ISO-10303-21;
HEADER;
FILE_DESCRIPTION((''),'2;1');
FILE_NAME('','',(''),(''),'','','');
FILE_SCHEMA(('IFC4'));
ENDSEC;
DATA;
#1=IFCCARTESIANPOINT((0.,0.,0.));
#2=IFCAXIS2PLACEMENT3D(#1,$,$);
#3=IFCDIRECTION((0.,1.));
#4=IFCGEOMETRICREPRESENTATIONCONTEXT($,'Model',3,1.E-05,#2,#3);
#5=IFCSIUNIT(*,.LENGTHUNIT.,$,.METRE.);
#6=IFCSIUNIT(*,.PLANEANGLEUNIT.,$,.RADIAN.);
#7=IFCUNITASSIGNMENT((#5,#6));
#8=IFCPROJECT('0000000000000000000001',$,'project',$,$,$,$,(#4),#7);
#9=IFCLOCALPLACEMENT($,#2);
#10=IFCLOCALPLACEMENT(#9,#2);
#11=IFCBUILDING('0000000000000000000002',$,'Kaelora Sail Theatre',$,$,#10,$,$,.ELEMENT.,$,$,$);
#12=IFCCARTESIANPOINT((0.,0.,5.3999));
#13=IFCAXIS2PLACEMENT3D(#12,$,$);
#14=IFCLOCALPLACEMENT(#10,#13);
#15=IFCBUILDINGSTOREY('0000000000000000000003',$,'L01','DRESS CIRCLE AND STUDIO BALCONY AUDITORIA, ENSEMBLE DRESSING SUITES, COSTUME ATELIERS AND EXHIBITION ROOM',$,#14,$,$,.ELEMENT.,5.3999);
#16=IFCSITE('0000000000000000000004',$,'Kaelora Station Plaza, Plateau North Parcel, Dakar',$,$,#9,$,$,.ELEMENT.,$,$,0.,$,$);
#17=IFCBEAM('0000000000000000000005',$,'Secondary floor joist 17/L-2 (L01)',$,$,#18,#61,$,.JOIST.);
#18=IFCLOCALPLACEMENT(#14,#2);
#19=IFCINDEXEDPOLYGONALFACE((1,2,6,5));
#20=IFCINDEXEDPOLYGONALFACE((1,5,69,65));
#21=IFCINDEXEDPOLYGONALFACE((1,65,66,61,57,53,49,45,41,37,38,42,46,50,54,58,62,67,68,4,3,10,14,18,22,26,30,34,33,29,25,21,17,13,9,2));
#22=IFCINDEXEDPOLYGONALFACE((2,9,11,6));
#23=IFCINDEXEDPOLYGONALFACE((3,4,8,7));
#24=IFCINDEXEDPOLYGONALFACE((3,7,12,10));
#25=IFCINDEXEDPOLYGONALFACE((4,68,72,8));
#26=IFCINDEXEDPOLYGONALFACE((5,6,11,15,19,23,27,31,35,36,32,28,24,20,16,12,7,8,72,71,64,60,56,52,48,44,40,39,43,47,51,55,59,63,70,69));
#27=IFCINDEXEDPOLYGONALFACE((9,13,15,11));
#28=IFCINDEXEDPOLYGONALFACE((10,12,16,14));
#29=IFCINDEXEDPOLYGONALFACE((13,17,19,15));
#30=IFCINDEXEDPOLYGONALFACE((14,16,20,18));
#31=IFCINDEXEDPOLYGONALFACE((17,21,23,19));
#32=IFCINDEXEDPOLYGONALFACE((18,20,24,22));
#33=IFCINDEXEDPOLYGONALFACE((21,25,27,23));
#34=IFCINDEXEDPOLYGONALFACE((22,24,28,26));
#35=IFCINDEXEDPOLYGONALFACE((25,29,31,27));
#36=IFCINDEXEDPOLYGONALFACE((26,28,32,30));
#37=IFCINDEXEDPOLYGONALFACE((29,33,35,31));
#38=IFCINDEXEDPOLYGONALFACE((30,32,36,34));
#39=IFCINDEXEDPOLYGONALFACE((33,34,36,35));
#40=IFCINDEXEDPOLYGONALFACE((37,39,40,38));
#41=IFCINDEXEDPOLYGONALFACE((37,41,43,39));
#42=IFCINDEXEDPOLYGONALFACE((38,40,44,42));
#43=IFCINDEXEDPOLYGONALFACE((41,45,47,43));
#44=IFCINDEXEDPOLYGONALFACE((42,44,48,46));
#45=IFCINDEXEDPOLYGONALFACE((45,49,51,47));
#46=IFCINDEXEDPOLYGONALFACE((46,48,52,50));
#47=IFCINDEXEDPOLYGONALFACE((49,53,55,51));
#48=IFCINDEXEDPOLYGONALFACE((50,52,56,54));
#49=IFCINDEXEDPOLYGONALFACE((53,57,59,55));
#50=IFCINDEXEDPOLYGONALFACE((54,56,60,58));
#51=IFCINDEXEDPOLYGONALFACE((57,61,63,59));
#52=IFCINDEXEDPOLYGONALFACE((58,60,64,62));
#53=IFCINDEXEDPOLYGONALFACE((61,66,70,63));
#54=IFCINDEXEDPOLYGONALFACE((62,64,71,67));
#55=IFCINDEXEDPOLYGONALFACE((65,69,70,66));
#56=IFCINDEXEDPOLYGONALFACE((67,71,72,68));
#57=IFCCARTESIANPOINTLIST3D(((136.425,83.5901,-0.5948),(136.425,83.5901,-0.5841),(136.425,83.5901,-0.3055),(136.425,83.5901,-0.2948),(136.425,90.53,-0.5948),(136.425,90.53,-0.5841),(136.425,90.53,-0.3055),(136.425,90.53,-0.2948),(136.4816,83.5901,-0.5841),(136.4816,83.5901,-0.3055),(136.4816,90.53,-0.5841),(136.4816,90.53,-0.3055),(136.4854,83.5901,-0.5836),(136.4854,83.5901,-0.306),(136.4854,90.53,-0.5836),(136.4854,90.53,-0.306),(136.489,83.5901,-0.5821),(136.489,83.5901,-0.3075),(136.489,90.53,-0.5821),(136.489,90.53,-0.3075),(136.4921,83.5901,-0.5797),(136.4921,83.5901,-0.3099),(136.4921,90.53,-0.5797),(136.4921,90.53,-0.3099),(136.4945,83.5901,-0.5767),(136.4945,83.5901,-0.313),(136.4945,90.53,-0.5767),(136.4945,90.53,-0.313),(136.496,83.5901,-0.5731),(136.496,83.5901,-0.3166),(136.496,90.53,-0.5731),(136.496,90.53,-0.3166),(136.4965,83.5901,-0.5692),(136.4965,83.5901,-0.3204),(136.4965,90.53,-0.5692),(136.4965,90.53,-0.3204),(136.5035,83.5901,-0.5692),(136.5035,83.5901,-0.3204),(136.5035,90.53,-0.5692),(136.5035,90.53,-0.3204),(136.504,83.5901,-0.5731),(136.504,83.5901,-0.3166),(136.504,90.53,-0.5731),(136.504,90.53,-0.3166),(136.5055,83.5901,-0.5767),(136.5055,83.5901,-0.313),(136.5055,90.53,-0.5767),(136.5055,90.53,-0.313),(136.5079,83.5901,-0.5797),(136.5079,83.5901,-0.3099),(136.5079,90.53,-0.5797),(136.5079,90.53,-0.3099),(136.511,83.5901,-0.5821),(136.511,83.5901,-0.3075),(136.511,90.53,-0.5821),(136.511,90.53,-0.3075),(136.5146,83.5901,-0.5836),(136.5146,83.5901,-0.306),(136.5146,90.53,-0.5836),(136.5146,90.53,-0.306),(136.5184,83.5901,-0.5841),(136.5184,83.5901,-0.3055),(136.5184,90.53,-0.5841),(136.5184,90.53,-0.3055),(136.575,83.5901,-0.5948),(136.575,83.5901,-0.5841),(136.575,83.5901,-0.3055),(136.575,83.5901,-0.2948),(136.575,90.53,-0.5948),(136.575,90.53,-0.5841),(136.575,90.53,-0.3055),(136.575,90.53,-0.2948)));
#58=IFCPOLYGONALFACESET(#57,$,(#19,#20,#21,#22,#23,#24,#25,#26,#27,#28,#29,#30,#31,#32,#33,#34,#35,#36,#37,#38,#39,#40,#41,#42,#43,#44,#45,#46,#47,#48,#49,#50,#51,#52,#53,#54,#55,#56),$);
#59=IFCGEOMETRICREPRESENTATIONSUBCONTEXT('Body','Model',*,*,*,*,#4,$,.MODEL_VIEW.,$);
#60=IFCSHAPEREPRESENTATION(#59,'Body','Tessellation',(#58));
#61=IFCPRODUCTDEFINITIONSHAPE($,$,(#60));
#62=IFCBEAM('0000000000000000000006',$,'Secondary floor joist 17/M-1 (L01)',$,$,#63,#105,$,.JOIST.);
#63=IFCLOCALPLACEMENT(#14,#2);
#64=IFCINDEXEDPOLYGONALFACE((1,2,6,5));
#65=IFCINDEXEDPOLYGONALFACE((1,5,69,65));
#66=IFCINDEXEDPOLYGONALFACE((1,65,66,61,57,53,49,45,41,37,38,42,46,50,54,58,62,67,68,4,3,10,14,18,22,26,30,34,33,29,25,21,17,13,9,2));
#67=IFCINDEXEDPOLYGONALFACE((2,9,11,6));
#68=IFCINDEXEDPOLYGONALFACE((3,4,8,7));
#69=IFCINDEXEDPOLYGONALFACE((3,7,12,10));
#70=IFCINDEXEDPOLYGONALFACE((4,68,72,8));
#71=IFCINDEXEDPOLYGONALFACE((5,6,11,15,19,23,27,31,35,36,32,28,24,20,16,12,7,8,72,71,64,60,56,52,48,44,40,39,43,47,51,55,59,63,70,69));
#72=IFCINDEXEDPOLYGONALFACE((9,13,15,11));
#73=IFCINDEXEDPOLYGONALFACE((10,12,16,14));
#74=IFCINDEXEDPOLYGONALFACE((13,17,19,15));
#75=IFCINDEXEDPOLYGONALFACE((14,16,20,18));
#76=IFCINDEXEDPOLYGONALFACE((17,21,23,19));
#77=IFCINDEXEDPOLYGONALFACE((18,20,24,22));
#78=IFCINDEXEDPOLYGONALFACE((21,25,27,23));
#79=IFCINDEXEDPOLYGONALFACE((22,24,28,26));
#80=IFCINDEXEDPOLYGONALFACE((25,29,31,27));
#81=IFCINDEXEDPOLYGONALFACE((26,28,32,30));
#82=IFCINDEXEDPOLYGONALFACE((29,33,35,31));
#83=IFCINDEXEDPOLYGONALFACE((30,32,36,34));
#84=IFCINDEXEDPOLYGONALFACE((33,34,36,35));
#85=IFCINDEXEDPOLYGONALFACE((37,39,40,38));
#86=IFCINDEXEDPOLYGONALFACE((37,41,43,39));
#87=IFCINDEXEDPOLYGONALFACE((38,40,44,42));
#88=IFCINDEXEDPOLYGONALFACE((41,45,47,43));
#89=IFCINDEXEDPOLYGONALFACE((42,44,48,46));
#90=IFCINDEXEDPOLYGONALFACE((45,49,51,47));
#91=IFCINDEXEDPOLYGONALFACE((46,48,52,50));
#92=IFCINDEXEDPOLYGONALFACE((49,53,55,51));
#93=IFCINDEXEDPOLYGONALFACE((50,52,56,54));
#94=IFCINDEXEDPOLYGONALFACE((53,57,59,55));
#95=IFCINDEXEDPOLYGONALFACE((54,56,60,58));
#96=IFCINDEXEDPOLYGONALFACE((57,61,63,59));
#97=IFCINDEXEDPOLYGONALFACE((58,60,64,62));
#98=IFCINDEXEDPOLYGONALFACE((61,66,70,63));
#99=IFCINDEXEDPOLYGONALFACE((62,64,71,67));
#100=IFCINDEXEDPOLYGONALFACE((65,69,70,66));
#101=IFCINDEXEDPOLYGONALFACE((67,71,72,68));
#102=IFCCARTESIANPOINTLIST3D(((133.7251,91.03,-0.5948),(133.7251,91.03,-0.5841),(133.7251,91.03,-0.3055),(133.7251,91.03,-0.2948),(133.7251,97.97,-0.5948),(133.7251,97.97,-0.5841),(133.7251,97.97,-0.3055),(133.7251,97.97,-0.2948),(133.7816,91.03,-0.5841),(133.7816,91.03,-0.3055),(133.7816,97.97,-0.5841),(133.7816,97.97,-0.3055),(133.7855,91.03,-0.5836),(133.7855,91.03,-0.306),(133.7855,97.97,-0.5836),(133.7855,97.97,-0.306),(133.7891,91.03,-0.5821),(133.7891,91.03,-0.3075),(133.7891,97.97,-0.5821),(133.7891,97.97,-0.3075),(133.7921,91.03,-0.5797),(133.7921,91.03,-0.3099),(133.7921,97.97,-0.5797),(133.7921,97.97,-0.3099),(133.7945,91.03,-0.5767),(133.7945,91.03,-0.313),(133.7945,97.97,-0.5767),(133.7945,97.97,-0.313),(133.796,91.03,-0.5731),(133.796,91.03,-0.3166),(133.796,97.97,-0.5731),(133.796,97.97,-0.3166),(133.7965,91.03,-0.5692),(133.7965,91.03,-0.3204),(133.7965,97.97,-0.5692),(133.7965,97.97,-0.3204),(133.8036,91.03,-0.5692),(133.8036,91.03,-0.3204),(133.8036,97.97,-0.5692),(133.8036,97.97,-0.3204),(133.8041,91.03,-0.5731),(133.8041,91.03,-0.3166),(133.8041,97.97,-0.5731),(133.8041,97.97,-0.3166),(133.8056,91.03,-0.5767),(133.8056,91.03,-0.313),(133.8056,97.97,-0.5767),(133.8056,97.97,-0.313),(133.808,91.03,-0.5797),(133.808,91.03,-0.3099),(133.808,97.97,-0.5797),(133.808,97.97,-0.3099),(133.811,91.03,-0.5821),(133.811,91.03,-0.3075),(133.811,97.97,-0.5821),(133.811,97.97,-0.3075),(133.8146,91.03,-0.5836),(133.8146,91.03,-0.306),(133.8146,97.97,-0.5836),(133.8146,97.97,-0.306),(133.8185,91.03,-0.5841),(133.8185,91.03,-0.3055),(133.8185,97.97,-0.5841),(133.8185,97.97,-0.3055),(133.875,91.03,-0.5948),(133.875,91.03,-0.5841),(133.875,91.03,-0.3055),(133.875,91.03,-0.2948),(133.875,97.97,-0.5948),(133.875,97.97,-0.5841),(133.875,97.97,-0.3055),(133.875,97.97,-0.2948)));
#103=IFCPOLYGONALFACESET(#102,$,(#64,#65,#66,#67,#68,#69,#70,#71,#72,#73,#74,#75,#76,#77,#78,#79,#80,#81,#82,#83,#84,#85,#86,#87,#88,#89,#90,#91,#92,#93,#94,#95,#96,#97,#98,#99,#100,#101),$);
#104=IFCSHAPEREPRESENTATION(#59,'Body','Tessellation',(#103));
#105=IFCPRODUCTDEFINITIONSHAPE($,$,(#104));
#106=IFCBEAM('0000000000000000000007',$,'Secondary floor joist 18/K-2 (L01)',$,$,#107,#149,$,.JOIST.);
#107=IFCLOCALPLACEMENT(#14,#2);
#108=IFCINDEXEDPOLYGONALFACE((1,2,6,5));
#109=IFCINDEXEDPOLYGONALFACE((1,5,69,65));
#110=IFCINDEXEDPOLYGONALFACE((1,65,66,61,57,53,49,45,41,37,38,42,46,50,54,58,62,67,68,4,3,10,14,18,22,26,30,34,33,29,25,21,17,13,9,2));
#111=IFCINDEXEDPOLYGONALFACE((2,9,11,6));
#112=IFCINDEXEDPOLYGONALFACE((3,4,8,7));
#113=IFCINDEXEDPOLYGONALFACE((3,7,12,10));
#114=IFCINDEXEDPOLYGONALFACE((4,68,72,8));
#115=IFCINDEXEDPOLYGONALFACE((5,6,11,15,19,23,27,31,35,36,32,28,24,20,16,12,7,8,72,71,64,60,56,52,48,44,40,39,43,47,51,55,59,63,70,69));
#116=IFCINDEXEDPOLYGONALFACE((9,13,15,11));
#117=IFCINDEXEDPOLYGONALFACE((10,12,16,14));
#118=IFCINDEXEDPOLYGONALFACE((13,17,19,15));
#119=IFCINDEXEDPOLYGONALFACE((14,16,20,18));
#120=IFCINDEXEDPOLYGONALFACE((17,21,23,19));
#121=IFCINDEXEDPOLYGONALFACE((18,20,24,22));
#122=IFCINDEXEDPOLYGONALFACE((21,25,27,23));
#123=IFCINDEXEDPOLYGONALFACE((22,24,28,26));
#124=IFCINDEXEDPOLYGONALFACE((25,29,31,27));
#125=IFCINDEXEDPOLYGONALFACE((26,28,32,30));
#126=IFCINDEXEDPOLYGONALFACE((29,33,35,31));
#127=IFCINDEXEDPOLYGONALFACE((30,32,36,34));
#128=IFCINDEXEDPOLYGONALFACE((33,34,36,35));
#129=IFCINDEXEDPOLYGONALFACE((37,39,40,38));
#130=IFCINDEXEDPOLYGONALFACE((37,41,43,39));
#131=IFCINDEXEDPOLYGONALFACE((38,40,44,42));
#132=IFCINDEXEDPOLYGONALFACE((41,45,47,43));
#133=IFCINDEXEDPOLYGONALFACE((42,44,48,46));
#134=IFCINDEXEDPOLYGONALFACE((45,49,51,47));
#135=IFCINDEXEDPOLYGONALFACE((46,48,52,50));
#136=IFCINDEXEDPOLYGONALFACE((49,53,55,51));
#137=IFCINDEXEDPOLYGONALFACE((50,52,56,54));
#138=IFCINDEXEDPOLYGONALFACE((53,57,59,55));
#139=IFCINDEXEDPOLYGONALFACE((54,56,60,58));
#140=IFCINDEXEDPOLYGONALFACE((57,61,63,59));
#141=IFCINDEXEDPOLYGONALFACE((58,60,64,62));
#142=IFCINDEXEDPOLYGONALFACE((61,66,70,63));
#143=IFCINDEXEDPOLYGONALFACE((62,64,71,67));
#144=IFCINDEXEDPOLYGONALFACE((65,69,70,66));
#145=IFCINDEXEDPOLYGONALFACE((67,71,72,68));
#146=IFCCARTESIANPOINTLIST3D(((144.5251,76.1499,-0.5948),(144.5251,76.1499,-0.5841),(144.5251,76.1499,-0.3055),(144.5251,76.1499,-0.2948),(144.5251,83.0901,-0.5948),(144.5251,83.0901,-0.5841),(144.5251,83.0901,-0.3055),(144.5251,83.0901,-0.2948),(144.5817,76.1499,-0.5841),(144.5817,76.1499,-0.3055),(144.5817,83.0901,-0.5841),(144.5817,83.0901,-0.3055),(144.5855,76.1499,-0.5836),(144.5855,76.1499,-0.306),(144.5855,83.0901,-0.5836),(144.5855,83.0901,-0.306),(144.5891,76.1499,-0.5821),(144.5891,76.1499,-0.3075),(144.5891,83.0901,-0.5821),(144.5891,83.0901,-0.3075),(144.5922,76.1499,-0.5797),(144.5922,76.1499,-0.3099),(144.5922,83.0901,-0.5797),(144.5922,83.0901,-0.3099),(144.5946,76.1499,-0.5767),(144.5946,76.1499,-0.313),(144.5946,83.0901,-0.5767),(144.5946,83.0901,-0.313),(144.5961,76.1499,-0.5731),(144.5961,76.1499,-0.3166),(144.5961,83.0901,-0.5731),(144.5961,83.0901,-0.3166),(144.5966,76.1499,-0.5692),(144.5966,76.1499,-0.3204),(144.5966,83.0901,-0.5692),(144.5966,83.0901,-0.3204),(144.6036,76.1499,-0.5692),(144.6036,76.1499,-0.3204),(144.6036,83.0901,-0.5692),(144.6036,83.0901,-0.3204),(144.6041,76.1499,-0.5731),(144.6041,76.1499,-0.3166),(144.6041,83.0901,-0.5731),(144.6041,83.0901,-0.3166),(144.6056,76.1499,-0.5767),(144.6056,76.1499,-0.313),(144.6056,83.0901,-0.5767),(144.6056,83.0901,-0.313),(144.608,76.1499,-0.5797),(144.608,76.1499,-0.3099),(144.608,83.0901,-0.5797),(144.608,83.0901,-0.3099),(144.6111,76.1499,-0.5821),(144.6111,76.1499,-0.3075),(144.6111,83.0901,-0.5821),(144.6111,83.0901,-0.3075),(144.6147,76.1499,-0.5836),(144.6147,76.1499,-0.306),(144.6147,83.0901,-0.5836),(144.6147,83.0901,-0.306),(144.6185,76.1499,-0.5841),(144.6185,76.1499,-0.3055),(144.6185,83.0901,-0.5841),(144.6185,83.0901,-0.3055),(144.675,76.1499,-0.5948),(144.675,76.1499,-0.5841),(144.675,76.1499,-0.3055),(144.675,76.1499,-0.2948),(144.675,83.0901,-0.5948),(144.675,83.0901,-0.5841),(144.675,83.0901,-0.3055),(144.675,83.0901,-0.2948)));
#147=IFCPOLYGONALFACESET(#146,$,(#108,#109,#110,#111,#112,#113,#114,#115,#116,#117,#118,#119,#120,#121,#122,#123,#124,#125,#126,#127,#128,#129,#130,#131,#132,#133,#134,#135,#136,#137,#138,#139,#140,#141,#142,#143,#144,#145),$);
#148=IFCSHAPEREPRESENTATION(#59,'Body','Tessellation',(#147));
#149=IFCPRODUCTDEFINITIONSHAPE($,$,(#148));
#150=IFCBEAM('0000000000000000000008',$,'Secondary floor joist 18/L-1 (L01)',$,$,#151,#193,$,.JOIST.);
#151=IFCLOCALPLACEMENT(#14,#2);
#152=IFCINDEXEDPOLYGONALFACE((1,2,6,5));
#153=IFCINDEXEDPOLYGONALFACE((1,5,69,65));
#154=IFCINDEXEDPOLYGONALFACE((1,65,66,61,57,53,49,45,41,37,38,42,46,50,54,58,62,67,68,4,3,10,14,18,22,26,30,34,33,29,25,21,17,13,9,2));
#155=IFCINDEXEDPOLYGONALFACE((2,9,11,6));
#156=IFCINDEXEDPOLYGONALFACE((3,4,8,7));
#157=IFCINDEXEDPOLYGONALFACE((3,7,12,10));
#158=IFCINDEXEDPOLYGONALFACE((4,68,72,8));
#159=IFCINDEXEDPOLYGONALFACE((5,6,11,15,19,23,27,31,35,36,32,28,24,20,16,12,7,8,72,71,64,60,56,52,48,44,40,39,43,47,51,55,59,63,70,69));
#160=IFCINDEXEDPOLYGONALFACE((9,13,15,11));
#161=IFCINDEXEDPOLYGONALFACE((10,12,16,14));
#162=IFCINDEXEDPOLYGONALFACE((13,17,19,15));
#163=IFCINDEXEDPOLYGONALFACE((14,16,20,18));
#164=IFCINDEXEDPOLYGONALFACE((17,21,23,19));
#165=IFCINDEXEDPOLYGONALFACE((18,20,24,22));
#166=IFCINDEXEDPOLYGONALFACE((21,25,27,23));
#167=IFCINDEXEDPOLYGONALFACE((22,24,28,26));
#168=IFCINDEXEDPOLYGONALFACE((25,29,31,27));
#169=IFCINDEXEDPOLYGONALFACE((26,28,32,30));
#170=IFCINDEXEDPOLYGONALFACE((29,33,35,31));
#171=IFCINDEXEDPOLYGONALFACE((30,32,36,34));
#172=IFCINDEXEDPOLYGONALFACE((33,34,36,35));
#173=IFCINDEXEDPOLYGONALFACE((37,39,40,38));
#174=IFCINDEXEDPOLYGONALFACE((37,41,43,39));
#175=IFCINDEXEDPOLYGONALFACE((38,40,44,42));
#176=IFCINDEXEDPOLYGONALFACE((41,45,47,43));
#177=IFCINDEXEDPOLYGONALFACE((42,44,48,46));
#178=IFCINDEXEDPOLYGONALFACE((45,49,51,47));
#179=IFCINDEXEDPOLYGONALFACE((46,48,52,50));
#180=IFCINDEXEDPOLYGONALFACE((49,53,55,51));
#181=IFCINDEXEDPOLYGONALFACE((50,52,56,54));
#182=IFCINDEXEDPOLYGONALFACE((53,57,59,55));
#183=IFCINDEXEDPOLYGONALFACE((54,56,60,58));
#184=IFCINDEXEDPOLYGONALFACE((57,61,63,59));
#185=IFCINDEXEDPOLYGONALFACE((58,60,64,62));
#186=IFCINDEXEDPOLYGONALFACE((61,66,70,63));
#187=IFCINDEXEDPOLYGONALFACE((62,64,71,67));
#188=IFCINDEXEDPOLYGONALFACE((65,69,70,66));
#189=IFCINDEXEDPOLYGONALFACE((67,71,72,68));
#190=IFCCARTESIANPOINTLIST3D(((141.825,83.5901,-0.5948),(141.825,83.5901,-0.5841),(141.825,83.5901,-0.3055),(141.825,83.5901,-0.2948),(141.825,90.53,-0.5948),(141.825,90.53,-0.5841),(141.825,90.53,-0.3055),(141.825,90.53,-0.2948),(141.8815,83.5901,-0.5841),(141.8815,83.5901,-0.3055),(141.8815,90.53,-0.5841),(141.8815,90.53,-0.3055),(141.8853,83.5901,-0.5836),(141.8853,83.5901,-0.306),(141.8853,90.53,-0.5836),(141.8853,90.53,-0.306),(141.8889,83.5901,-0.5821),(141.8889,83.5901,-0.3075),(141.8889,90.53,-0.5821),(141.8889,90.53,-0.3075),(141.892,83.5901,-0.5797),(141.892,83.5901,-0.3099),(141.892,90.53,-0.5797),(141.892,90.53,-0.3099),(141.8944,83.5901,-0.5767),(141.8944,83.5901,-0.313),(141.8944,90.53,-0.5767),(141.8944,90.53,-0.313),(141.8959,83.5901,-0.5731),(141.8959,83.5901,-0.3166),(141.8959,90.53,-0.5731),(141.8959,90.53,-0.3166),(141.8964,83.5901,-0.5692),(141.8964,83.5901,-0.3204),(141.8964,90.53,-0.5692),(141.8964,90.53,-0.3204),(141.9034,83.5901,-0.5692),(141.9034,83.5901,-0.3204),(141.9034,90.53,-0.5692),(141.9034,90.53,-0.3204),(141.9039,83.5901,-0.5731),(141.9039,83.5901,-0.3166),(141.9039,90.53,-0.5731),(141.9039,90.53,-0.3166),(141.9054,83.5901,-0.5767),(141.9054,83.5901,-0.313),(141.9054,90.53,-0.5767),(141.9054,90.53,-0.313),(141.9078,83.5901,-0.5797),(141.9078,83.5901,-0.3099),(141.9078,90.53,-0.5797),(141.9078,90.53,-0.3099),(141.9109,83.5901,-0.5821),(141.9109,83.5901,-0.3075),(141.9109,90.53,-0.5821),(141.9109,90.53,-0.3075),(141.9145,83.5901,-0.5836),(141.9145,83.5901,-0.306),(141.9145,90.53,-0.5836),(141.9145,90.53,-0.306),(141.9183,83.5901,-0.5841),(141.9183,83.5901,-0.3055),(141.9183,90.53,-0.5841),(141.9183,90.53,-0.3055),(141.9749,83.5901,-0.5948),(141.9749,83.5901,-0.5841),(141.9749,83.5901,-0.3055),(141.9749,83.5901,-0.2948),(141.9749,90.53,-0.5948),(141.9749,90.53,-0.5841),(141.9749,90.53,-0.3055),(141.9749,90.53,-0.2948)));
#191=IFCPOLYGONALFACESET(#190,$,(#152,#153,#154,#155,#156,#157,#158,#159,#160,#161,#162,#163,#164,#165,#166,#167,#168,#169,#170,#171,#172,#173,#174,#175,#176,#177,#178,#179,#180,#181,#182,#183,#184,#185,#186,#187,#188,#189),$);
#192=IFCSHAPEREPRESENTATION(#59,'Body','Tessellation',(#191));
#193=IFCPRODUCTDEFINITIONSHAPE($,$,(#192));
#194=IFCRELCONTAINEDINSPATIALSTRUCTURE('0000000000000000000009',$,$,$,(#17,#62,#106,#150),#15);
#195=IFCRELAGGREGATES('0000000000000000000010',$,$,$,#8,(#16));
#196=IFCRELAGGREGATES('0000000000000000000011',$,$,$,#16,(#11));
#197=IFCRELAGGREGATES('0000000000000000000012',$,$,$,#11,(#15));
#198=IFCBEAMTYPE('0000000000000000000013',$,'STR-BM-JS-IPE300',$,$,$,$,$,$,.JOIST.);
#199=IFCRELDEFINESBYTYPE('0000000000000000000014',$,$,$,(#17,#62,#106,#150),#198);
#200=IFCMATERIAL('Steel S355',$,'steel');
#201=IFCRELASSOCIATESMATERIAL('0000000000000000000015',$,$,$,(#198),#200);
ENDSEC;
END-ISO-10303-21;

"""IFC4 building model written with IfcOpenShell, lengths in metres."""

from ifc_helpers import new_model, si_unit, direction, frame, origin, origin_2d, place, context, subcontext, project, spatial, i_section, extrude, material, material_profile, profile_set, type_object, element, save


model = new_model("IFC4")

# Units and contexts
model_context = context("Model", 3, precision=1e-05, world=origin(), true_north=direction((0.0, 1.0)))
body_context = subcontext(model_context, "Body", "Model", "MODEL_VIEW")
ifc_project = project(units=[si_unit("LENGTHUNIT", "METRE"), si_unit("PLANEANGLEUNIT", "RADIAN")], contexts=[model_context])

# Site, building, storey
site_placement = place(None, origin())
site = spatial("IfcSite", under=ifc_project, at=site_placement, Name="Kaelora Station Plaza, Plateau North Parcel, Dakar", CompositionType="ELEMENT", RefElevation=0.0)
building_placement = place(site_placement, origin())
building = spatial("IfcBuilding", under=site, at=building_placement, Name="Kaelora Sail Theatre", CompositionType="ELEMENT")
storey_placement = place(building_placement, frame((0.0, 0.0, 5.3999)))
storey = spatial("IfcBuildingStorey", under=building, at=storey_placement, Name="L01", Description="DRESS CIRCLE AND STUDIO BALCONY AUDITORIA, ENSEMBLE DRESSING SUITES, COSTUME ATELIERS AND EXHIBITION ROOM", CompositionType="ELEMENT", Elevation=5.3999)

# Beams
ifc_material_1 = material(Name="Steel S355", Category="steel")
ifc_material_profile_1 = material_profile(ifc_material_1, i_section(OverallWidth=0.1499, OverallDepth=0.3, WebThickness=0.0071, FlangeThickness=0.0107, FilletRadius=0.0149, at=origin_2d()), Name="IPE 300")
ifc_profile_set_1 = profile_set([ifc_material_profile_1], Name="Steel S355")
beam_type_1 = type_object("IfcBeamType", Name="STR-BM-JS-IPE300", PredefinedType="JOIST", material=ifc_profile_set_1)
for number, where, z_axis, x_axis, name in (
    (1, (136.5, 83.5901, -0.4448), (0.0, 1.0, 0.0), (-1.0, 0.0, 0.0), "Secondary floor joist 17/L-2 (L01)"),
    (2, (133.8, 91.03, -0.4448), (0.0, 1.0, 0.0), (-1.0, 0.0, 0.0), "Secondary floor joist 17/M-1 (L01)"),
):
    element("IfcBeam", number, at=place(storey_placement, frame(where, z_axis=z_axis, x_axis=x_axis)), inside=storey, type_object=beam_type_1, Name=name, PredefinedType="JOIST", context=body_context, shape_type="SweptSolid", body=[
        extrude(i_section(OverallWidth=0.1499, OverallDepth=0.3, WebThickness=0.0071, FlangeThickness=0.0107, FilletRadius=0.0149, at=origin_2d()), origin(), (0.0, 0.0, 1.0), 6.9399),
    ])
beam_1_placement = place(storey_placement, frame((144.6001, 76.1499, -0.4448), z_axis=(0.0, 1.0, 0.0), x_axis=(-1.0, 0.0, 0.0)))
element("IfcBeam", 3, at=beam_1_placement, inside=storey, type_object=beam_type_1, Name="Secondary floor joist 18/K-2 (L01)", PredefinedType="JOIST", context=body_context, shape_type="SweptSolid", body=[
    extrude(i_section(OverallWidth=0.1499, OverallDepth=0.3, WebThickness=0.0071, FlangeThickness=0.0107, FilletRadius=0.0149, at=origin_2d()), origin(), (0.0, 0.0, 1.0), 6.9402),
])
beam_2_placement = place(storey_placement, frame((141.8999, 83.5901, -0.4448), z_axis=(0.0, 1.0, 0.0), x_axis=(-1.0, 0.0, 0.0)))
element("IfcBeam", 4, at=beam_2_placement, inside=storey, type_object=beam_type_1, Name="Secondary floor joist 18/L-1 (L01)", PredefinedType="JOIST", context=body_context, shape_type="SweptSolid", body=[
    extrude(i_section(OverallWidth=0.1499, OverallDepth=0.3, WebThickness=0.0071, FlangeThickness=0.0107, FilletRadius=0.0149, at=origin_2d()), origin(), (0.0, 0.0, 1.0), 6.9399),
])

save(model, "model.ifc")
